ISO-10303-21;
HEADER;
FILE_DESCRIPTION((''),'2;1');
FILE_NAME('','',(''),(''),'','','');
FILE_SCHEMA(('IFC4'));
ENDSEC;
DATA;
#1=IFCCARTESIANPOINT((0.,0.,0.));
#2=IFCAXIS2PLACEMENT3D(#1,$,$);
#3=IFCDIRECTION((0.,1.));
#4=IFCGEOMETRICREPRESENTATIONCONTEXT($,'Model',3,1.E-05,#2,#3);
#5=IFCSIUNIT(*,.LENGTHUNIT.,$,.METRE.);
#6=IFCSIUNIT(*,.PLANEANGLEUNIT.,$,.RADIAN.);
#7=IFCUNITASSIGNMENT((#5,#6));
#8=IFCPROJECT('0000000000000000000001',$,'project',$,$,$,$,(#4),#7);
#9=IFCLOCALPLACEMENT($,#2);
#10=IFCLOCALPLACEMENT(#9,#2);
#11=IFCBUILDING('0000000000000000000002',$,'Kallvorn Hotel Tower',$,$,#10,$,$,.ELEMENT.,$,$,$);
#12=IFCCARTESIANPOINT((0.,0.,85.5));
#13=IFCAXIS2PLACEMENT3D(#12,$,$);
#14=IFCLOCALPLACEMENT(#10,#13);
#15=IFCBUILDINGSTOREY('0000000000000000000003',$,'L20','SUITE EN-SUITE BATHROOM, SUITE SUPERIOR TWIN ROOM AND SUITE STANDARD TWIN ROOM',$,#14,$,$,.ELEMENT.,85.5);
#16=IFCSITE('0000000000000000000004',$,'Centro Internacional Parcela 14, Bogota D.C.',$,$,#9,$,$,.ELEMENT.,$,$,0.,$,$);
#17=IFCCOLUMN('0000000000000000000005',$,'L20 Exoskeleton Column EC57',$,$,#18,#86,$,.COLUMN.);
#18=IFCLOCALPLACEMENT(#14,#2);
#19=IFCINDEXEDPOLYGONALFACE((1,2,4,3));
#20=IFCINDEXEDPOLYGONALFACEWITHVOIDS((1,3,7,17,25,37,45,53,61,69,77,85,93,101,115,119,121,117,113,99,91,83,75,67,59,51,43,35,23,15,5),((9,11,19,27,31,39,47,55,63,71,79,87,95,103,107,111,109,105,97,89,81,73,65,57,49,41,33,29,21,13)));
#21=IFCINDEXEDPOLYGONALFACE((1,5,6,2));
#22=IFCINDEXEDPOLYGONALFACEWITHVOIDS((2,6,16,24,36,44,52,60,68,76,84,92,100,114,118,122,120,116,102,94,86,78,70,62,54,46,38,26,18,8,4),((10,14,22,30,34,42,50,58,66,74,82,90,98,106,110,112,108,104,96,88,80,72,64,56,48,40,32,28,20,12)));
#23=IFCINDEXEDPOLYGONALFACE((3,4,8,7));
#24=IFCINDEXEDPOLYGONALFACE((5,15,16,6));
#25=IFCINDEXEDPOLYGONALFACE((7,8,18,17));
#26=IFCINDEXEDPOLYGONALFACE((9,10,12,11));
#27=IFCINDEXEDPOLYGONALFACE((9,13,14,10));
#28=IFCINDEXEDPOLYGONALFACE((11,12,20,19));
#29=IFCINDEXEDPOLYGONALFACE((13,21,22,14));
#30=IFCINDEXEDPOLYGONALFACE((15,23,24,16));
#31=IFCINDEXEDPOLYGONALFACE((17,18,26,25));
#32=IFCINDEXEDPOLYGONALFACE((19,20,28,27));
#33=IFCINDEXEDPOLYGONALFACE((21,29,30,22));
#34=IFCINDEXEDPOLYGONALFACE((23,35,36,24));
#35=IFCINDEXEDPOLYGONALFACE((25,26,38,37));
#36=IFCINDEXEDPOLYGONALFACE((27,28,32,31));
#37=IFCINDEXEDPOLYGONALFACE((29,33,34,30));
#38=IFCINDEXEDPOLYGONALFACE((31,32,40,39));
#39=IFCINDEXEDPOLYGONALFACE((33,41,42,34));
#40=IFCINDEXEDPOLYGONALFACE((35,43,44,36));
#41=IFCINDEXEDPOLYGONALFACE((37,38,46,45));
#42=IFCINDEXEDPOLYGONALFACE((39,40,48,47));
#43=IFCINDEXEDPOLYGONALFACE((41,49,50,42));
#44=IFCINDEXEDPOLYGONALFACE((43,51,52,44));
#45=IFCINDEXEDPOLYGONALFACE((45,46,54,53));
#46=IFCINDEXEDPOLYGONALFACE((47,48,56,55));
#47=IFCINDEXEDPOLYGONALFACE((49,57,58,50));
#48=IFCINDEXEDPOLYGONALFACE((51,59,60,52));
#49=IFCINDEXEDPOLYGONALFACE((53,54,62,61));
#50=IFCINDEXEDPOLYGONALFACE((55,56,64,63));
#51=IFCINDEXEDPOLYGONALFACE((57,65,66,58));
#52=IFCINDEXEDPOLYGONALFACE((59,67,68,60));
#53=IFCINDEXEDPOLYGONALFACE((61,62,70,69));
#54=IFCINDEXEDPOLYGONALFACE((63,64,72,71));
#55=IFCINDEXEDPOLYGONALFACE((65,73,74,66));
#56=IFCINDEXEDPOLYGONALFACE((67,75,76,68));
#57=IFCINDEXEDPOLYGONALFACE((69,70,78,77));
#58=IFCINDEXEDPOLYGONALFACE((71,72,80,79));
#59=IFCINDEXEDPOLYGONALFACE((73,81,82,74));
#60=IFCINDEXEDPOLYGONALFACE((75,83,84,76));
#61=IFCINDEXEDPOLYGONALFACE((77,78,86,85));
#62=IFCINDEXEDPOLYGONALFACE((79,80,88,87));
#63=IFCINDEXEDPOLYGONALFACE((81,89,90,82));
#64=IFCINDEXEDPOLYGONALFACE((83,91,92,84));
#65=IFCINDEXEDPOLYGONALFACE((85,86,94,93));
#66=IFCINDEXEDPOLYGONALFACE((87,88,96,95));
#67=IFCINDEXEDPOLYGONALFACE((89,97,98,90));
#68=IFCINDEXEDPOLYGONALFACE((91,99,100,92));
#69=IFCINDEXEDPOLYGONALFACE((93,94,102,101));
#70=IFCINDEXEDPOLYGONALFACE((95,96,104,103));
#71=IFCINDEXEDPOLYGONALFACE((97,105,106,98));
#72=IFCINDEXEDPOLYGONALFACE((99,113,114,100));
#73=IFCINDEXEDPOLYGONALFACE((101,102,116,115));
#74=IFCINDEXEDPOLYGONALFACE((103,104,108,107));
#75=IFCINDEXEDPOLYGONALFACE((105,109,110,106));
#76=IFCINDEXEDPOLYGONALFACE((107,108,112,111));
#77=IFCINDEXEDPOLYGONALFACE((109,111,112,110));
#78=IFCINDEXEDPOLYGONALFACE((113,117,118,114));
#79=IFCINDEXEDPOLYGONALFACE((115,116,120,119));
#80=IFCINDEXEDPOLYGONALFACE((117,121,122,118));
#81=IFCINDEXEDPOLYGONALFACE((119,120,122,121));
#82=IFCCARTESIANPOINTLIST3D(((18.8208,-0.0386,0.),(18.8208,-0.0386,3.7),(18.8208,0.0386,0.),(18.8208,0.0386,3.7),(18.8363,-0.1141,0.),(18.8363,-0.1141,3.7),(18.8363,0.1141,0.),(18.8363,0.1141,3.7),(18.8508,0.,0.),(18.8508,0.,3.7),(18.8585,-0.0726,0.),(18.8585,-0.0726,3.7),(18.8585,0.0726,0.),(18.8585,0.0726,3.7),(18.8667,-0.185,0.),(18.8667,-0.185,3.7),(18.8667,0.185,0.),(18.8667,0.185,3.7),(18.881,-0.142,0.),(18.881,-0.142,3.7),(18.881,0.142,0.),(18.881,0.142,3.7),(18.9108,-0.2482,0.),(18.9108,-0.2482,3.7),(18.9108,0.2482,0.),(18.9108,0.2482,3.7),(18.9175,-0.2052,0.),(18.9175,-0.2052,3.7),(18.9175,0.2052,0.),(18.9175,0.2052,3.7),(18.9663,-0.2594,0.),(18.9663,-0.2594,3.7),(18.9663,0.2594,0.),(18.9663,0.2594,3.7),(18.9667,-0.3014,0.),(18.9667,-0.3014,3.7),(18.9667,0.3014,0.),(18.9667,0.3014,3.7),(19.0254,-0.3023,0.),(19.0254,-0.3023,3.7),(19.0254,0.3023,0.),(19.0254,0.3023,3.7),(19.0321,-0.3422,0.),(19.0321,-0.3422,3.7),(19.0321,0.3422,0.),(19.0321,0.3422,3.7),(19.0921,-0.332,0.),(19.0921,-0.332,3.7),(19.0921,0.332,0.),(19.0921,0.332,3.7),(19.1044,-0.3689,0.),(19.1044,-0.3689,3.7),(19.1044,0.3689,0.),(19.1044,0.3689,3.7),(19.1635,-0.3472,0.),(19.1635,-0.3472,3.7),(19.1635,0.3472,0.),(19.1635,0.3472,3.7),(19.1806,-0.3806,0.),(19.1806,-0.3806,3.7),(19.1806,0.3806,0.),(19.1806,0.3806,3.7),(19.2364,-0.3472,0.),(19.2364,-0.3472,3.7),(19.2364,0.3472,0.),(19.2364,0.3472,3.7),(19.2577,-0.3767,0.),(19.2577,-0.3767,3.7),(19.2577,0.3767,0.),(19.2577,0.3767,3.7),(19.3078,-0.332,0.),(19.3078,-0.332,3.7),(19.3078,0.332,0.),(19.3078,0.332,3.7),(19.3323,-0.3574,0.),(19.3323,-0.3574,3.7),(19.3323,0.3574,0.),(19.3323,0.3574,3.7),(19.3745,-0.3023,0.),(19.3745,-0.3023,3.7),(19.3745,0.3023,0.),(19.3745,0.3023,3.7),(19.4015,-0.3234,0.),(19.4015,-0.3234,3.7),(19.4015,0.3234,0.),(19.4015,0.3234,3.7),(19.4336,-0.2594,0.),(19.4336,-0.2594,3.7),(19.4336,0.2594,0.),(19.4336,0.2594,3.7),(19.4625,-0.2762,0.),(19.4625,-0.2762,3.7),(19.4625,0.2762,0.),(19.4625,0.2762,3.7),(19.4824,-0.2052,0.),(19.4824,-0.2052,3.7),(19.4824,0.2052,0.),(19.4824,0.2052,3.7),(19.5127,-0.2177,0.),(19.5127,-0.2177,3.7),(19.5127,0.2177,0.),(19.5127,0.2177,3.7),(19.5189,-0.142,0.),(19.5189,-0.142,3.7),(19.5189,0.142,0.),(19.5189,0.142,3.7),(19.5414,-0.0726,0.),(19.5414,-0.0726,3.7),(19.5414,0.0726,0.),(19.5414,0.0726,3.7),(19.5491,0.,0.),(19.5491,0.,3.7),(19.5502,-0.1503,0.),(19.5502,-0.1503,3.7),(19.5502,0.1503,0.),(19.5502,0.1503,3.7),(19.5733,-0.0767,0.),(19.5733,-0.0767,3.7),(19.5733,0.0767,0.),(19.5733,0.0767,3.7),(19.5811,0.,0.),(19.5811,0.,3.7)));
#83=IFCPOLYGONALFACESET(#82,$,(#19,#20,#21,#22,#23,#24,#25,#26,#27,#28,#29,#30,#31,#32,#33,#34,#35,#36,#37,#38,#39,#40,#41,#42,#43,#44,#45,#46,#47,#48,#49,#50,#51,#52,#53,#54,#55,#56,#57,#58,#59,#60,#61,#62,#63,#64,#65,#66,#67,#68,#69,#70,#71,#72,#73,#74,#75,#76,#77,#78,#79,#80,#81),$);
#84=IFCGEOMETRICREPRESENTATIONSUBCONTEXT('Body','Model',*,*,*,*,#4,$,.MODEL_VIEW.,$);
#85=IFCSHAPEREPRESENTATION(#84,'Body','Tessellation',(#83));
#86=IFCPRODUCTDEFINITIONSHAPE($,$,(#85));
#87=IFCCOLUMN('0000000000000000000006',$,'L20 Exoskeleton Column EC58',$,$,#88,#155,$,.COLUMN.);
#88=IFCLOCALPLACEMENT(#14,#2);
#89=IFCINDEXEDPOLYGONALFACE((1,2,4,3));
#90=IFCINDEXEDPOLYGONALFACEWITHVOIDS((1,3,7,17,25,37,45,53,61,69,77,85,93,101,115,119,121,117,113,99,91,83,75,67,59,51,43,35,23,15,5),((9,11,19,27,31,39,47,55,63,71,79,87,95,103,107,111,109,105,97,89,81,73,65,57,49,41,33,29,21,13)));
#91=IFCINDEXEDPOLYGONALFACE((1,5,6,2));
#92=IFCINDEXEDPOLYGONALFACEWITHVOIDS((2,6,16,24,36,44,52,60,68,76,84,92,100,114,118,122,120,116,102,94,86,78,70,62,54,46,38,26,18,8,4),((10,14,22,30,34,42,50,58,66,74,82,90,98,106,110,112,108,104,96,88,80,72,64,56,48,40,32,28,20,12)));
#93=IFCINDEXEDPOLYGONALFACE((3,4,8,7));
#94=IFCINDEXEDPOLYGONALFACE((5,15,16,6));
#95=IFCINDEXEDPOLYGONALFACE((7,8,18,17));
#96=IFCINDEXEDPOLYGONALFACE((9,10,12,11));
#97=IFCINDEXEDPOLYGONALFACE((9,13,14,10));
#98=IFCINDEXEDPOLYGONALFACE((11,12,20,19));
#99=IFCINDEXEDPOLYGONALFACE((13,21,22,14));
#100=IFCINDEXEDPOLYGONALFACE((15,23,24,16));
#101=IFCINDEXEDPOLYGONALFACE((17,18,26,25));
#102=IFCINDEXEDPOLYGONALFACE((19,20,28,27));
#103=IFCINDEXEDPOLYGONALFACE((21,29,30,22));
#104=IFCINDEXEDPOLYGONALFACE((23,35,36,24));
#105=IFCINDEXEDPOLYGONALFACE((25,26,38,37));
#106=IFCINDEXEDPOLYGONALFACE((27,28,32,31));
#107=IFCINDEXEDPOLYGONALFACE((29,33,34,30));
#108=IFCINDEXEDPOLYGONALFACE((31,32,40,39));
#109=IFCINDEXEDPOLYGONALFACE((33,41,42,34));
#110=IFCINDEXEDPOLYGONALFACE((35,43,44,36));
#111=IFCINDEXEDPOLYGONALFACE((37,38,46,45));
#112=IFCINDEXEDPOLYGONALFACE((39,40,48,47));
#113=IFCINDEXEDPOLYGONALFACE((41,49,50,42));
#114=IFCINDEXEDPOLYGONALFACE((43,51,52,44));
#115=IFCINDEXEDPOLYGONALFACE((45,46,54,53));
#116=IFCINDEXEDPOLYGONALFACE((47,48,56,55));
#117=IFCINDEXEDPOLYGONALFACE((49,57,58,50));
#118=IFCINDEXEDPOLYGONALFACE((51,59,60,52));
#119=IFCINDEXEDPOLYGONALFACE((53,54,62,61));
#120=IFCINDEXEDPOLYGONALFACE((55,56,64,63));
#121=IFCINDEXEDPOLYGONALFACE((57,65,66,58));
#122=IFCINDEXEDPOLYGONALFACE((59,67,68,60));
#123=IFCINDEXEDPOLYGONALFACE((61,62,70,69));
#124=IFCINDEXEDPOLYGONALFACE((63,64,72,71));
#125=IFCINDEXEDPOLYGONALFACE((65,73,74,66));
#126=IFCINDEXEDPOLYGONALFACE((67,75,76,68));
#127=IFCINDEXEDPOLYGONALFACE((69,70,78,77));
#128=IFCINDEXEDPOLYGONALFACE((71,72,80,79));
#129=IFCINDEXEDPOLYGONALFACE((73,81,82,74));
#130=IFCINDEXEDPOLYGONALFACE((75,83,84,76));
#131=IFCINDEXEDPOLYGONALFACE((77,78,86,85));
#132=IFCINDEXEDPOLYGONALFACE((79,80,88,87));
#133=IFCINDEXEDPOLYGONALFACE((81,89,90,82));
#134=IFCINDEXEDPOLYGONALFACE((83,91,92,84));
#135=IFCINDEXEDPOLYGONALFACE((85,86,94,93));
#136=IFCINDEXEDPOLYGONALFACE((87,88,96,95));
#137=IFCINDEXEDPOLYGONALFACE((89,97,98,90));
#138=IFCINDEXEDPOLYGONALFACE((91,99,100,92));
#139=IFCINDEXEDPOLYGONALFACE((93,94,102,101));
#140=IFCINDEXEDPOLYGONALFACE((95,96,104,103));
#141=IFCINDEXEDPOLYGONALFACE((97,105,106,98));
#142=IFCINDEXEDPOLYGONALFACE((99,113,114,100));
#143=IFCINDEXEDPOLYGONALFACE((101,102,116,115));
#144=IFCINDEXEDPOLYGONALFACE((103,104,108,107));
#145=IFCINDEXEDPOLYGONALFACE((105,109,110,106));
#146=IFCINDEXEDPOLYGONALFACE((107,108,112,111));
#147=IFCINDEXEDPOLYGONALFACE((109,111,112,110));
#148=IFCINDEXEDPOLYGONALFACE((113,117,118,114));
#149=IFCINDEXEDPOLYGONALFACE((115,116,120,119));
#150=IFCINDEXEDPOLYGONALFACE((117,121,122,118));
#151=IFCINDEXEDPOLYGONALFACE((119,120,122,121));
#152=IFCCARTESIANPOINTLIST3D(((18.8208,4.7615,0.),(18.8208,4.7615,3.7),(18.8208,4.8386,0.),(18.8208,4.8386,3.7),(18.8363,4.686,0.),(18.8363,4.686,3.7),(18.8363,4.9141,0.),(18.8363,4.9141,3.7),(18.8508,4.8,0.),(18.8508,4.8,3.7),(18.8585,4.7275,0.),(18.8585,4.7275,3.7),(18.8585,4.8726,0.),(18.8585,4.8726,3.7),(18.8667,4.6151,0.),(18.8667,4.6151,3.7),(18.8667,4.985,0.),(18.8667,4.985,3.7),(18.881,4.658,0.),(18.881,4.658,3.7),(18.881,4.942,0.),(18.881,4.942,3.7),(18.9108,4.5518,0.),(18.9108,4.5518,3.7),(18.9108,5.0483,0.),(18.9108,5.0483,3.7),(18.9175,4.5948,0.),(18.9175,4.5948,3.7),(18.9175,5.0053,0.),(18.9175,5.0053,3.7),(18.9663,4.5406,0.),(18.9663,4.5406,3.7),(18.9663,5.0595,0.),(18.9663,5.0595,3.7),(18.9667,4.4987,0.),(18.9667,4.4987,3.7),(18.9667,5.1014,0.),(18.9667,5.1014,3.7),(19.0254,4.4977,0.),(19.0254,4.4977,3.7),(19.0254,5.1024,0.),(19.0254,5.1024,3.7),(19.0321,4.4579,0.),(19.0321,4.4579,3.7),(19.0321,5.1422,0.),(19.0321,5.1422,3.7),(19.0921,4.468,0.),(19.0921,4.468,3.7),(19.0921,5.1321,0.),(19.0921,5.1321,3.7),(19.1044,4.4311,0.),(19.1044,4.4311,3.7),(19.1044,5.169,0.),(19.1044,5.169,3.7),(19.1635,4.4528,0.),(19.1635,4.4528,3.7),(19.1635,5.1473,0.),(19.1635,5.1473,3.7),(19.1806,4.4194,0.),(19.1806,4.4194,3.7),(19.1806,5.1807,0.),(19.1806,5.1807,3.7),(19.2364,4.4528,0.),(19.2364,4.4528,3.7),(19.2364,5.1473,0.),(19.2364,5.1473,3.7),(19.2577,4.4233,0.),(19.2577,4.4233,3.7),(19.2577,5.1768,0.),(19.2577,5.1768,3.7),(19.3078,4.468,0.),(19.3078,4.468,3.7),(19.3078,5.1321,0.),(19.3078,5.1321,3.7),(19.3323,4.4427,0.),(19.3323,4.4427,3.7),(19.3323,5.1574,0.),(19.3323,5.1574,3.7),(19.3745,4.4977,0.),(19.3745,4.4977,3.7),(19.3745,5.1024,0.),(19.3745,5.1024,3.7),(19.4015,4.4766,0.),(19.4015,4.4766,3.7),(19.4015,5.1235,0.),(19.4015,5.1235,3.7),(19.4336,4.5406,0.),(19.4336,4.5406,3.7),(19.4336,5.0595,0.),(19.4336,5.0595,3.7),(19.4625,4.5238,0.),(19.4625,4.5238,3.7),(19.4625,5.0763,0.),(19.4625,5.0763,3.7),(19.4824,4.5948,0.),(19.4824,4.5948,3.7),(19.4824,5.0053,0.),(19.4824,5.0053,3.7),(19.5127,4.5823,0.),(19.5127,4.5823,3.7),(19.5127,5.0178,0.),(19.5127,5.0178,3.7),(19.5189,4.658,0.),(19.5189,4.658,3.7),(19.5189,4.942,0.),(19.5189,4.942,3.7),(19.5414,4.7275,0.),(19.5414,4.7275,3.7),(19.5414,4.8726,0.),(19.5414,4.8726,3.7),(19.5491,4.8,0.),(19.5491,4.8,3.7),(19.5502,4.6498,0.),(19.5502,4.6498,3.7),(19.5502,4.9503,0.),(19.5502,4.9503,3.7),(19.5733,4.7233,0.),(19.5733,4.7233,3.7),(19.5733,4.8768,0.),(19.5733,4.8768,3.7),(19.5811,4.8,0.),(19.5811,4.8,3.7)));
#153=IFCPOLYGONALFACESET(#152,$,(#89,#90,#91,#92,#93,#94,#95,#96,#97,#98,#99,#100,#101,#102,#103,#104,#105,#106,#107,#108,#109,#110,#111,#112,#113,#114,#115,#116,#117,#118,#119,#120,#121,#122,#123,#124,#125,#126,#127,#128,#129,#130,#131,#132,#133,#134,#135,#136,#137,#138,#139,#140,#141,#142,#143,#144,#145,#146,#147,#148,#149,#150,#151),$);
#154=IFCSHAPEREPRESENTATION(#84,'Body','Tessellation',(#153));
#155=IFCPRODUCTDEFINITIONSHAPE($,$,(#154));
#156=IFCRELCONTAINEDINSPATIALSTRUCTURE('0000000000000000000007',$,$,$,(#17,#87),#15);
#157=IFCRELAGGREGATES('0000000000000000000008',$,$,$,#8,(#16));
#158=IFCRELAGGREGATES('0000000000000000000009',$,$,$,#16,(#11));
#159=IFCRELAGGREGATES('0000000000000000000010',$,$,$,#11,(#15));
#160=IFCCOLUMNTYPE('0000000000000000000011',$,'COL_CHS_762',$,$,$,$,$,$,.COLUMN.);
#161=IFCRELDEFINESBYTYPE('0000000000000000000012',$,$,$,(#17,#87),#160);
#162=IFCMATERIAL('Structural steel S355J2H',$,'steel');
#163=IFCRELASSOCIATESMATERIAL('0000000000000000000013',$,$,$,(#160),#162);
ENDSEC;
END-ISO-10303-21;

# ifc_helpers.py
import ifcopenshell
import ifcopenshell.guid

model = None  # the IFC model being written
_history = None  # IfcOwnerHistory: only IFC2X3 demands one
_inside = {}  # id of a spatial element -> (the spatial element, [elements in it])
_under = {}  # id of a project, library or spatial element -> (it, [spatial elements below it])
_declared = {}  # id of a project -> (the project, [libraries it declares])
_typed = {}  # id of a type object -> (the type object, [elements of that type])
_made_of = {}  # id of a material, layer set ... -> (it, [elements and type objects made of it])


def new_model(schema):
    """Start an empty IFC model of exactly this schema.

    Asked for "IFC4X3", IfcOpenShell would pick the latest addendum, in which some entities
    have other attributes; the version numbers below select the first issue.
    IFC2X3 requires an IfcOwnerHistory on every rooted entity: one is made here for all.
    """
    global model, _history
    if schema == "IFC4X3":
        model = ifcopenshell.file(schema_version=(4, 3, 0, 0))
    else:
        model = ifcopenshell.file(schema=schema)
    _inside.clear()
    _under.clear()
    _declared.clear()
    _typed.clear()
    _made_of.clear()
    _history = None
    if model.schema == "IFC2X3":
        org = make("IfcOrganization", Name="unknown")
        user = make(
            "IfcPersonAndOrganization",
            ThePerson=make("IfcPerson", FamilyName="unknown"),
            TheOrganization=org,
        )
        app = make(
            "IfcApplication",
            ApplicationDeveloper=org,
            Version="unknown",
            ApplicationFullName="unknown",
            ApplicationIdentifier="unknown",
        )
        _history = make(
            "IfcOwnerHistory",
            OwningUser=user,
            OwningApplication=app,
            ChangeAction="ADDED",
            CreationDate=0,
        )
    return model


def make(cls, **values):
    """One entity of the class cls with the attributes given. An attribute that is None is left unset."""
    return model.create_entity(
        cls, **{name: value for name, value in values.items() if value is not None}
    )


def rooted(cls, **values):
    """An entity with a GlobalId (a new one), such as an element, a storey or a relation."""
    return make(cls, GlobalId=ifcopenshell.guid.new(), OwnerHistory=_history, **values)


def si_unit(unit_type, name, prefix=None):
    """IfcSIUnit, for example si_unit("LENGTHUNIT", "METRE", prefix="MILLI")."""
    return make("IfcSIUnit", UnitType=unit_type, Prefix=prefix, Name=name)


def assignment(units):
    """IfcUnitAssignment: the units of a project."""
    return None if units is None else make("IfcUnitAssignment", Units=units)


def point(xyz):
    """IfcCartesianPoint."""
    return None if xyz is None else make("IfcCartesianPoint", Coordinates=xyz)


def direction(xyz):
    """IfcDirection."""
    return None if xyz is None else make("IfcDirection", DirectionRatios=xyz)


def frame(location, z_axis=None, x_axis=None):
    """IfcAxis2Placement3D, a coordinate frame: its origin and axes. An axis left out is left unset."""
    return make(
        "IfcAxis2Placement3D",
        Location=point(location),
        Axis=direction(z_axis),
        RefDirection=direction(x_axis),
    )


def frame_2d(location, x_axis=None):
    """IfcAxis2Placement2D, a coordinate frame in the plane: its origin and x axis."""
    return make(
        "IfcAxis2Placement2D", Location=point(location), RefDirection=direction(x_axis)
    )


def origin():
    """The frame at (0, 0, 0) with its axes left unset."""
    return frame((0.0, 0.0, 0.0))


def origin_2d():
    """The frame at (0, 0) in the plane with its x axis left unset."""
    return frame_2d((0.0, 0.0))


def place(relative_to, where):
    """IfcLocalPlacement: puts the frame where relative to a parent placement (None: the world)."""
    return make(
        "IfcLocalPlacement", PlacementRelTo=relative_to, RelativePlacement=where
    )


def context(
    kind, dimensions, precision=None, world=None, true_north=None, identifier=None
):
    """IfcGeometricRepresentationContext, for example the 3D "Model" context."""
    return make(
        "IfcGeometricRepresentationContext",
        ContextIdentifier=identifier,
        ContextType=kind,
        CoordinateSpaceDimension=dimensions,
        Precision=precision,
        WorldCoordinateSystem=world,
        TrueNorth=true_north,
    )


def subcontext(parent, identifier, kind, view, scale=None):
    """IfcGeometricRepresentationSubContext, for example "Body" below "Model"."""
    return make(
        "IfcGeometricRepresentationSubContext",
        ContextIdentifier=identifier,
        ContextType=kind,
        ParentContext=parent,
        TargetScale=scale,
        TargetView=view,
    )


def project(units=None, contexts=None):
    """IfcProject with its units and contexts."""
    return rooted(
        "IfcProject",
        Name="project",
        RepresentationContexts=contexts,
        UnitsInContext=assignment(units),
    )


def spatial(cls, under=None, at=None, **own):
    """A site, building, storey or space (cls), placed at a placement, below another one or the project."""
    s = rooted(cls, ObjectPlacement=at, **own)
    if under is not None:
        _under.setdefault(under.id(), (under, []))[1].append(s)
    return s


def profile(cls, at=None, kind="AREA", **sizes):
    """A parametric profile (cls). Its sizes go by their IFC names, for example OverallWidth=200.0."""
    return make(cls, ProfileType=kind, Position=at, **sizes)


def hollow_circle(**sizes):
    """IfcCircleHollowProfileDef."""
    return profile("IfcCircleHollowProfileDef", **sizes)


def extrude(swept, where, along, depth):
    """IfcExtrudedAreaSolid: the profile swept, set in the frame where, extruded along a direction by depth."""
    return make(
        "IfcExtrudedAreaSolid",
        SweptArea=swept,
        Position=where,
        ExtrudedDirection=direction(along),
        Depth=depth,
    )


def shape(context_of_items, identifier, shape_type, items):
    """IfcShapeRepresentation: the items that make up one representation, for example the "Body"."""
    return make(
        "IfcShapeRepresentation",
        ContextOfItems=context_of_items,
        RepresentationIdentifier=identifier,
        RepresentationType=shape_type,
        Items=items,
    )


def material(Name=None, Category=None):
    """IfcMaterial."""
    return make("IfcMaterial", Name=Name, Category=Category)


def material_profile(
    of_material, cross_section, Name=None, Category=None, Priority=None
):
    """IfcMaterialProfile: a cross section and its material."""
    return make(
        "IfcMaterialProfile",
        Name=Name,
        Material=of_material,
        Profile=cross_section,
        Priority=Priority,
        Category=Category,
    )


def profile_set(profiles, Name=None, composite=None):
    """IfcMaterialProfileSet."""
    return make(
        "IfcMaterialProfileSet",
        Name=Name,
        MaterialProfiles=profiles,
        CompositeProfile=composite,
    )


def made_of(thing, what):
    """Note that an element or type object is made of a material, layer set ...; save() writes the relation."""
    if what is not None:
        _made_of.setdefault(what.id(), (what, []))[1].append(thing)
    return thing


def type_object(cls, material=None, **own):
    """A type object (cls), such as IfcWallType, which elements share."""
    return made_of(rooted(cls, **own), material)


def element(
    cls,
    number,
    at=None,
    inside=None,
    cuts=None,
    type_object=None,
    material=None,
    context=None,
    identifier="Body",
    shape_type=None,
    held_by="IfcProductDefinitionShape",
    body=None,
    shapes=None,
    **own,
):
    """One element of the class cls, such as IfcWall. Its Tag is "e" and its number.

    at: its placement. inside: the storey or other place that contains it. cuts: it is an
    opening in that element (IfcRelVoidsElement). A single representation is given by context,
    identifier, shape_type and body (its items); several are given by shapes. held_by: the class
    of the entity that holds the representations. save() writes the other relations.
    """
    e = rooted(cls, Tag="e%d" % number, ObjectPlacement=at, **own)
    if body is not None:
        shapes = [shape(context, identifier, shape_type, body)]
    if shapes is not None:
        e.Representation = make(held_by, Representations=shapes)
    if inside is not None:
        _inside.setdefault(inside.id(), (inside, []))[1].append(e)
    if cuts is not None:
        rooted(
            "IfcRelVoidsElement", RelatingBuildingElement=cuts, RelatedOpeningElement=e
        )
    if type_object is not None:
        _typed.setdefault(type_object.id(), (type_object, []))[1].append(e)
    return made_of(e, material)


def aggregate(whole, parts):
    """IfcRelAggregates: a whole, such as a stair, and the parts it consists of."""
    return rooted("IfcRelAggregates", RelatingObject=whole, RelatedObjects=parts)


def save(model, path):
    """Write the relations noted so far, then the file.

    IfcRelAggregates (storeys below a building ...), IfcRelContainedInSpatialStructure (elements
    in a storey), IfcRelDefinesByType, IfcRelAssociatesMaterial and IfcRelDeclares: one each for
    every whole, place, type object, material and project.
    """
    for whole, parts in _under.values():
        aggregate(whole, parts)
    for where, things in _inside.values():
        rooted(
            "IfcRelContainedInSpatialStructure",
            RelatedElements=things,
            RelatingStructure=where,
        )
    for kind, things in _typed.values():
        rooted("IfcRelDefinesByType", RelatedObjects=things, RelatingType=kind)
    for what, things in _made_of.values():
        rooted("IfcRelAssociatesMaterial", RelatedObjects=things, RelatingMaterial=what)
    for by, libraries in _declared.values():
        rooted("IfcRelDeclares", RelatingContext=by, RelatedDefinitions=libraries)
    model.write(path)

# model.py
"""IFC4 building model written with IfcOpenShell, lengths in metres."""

from ifc_helpers import new_model, si_unit, direction, frame, origin, origin_2d, place, context, subcontext, project, spatial, hollow_circle, extrude, material, material_profile, profile_set, type_object, element, save


model = new_model("IFC4")

# Units and contexts
model_context = context("Model", 3, precision=1e-05, world=origin(), true_north=direction((0.0, 1.0)))
body_context = subcontext(model_context, "Body", "Model", "MODEL_VIEW")
ifc_project = project(units=[si_unit("LENGTHUNIT", "METRE"), si_unit("PLANEANGLEUNIT", "RADIAN")], contexts=[model_context])

# Site, building, storey
site_placement = place(None, origin())
site = spatial("IfcSite", under=ifc_project, at=site_placement, Name="Centro Internacional Parcela 14, Bogota D.C.", CompositionType="ELEMENT", RefElevation=0.0)
building_placement = place(site_placement, origin())
building = spatial("IfcBuilding", under=site, at=building_placement, Name="Kallvorn Hotel Tower", CompositionType="ELEMENT")
storey_placement = place(building_placement, frame((0.0, 0.0, 85.5)))
storey = spatial("IfcBuildingStorey", under=building, at=storey_placement, Name="L20", Description="SUITE EN-SUITE BATHROOM, SUITE SUPERIOR TWIN ROOM AND SUITE STANDARD TWIN ROOM", CompositionType="ELEMENT", Elevation=85.5)

# Columns
ifc_material_1 = material(Name="Structural steel S355J2H", Category="steel")
ifc_material_profile_1 = material_profile(ifc_material_1, hollow_circle(Radius=0.3811, WallThickness=0.032, at=origin_2d()), Name="CHS 762x32")
ifc_profile_set_1 = profile_set([ifc_material_profile_1], Name="Structural steel S355J2H")
column_type_1 = type_object("IfcColumnType", Name="COL_CHS_762", PredefinedType="COLUMN", material=ifc_profile_set_1)
for number, where, z_axis, x_axis, name in (
    (1, (19.2, 0.0, 0.0), (0.0, 0.0, 1.0), (1.0, 0.0, 0.0), "L20 Exoskeleton Column EC57"),
    (2, (19.2, 4.8, 0.0), (0.0, 0.0, 1.0), (1.0, 0.0, 0.0), "L20 Exoskeleton Column EC58"),
):
    element("IfcColumn", number, at=place(storey_placement, frame(where, z_axis=z_axis, x_axis=x_axis)), inside=storey, type_object=column_type_1, Name=name, PredefinedType="COLUMN", context=body_context, shape_type="SweptSolid", body=[
        extrude(hollow_circle(Radius=0.3811, WallThickness=0.032, at=origin_2d()), origin(), (0.0, 0.0, 1.0), 3.7),
    ])

save(model, "model.ifc")
